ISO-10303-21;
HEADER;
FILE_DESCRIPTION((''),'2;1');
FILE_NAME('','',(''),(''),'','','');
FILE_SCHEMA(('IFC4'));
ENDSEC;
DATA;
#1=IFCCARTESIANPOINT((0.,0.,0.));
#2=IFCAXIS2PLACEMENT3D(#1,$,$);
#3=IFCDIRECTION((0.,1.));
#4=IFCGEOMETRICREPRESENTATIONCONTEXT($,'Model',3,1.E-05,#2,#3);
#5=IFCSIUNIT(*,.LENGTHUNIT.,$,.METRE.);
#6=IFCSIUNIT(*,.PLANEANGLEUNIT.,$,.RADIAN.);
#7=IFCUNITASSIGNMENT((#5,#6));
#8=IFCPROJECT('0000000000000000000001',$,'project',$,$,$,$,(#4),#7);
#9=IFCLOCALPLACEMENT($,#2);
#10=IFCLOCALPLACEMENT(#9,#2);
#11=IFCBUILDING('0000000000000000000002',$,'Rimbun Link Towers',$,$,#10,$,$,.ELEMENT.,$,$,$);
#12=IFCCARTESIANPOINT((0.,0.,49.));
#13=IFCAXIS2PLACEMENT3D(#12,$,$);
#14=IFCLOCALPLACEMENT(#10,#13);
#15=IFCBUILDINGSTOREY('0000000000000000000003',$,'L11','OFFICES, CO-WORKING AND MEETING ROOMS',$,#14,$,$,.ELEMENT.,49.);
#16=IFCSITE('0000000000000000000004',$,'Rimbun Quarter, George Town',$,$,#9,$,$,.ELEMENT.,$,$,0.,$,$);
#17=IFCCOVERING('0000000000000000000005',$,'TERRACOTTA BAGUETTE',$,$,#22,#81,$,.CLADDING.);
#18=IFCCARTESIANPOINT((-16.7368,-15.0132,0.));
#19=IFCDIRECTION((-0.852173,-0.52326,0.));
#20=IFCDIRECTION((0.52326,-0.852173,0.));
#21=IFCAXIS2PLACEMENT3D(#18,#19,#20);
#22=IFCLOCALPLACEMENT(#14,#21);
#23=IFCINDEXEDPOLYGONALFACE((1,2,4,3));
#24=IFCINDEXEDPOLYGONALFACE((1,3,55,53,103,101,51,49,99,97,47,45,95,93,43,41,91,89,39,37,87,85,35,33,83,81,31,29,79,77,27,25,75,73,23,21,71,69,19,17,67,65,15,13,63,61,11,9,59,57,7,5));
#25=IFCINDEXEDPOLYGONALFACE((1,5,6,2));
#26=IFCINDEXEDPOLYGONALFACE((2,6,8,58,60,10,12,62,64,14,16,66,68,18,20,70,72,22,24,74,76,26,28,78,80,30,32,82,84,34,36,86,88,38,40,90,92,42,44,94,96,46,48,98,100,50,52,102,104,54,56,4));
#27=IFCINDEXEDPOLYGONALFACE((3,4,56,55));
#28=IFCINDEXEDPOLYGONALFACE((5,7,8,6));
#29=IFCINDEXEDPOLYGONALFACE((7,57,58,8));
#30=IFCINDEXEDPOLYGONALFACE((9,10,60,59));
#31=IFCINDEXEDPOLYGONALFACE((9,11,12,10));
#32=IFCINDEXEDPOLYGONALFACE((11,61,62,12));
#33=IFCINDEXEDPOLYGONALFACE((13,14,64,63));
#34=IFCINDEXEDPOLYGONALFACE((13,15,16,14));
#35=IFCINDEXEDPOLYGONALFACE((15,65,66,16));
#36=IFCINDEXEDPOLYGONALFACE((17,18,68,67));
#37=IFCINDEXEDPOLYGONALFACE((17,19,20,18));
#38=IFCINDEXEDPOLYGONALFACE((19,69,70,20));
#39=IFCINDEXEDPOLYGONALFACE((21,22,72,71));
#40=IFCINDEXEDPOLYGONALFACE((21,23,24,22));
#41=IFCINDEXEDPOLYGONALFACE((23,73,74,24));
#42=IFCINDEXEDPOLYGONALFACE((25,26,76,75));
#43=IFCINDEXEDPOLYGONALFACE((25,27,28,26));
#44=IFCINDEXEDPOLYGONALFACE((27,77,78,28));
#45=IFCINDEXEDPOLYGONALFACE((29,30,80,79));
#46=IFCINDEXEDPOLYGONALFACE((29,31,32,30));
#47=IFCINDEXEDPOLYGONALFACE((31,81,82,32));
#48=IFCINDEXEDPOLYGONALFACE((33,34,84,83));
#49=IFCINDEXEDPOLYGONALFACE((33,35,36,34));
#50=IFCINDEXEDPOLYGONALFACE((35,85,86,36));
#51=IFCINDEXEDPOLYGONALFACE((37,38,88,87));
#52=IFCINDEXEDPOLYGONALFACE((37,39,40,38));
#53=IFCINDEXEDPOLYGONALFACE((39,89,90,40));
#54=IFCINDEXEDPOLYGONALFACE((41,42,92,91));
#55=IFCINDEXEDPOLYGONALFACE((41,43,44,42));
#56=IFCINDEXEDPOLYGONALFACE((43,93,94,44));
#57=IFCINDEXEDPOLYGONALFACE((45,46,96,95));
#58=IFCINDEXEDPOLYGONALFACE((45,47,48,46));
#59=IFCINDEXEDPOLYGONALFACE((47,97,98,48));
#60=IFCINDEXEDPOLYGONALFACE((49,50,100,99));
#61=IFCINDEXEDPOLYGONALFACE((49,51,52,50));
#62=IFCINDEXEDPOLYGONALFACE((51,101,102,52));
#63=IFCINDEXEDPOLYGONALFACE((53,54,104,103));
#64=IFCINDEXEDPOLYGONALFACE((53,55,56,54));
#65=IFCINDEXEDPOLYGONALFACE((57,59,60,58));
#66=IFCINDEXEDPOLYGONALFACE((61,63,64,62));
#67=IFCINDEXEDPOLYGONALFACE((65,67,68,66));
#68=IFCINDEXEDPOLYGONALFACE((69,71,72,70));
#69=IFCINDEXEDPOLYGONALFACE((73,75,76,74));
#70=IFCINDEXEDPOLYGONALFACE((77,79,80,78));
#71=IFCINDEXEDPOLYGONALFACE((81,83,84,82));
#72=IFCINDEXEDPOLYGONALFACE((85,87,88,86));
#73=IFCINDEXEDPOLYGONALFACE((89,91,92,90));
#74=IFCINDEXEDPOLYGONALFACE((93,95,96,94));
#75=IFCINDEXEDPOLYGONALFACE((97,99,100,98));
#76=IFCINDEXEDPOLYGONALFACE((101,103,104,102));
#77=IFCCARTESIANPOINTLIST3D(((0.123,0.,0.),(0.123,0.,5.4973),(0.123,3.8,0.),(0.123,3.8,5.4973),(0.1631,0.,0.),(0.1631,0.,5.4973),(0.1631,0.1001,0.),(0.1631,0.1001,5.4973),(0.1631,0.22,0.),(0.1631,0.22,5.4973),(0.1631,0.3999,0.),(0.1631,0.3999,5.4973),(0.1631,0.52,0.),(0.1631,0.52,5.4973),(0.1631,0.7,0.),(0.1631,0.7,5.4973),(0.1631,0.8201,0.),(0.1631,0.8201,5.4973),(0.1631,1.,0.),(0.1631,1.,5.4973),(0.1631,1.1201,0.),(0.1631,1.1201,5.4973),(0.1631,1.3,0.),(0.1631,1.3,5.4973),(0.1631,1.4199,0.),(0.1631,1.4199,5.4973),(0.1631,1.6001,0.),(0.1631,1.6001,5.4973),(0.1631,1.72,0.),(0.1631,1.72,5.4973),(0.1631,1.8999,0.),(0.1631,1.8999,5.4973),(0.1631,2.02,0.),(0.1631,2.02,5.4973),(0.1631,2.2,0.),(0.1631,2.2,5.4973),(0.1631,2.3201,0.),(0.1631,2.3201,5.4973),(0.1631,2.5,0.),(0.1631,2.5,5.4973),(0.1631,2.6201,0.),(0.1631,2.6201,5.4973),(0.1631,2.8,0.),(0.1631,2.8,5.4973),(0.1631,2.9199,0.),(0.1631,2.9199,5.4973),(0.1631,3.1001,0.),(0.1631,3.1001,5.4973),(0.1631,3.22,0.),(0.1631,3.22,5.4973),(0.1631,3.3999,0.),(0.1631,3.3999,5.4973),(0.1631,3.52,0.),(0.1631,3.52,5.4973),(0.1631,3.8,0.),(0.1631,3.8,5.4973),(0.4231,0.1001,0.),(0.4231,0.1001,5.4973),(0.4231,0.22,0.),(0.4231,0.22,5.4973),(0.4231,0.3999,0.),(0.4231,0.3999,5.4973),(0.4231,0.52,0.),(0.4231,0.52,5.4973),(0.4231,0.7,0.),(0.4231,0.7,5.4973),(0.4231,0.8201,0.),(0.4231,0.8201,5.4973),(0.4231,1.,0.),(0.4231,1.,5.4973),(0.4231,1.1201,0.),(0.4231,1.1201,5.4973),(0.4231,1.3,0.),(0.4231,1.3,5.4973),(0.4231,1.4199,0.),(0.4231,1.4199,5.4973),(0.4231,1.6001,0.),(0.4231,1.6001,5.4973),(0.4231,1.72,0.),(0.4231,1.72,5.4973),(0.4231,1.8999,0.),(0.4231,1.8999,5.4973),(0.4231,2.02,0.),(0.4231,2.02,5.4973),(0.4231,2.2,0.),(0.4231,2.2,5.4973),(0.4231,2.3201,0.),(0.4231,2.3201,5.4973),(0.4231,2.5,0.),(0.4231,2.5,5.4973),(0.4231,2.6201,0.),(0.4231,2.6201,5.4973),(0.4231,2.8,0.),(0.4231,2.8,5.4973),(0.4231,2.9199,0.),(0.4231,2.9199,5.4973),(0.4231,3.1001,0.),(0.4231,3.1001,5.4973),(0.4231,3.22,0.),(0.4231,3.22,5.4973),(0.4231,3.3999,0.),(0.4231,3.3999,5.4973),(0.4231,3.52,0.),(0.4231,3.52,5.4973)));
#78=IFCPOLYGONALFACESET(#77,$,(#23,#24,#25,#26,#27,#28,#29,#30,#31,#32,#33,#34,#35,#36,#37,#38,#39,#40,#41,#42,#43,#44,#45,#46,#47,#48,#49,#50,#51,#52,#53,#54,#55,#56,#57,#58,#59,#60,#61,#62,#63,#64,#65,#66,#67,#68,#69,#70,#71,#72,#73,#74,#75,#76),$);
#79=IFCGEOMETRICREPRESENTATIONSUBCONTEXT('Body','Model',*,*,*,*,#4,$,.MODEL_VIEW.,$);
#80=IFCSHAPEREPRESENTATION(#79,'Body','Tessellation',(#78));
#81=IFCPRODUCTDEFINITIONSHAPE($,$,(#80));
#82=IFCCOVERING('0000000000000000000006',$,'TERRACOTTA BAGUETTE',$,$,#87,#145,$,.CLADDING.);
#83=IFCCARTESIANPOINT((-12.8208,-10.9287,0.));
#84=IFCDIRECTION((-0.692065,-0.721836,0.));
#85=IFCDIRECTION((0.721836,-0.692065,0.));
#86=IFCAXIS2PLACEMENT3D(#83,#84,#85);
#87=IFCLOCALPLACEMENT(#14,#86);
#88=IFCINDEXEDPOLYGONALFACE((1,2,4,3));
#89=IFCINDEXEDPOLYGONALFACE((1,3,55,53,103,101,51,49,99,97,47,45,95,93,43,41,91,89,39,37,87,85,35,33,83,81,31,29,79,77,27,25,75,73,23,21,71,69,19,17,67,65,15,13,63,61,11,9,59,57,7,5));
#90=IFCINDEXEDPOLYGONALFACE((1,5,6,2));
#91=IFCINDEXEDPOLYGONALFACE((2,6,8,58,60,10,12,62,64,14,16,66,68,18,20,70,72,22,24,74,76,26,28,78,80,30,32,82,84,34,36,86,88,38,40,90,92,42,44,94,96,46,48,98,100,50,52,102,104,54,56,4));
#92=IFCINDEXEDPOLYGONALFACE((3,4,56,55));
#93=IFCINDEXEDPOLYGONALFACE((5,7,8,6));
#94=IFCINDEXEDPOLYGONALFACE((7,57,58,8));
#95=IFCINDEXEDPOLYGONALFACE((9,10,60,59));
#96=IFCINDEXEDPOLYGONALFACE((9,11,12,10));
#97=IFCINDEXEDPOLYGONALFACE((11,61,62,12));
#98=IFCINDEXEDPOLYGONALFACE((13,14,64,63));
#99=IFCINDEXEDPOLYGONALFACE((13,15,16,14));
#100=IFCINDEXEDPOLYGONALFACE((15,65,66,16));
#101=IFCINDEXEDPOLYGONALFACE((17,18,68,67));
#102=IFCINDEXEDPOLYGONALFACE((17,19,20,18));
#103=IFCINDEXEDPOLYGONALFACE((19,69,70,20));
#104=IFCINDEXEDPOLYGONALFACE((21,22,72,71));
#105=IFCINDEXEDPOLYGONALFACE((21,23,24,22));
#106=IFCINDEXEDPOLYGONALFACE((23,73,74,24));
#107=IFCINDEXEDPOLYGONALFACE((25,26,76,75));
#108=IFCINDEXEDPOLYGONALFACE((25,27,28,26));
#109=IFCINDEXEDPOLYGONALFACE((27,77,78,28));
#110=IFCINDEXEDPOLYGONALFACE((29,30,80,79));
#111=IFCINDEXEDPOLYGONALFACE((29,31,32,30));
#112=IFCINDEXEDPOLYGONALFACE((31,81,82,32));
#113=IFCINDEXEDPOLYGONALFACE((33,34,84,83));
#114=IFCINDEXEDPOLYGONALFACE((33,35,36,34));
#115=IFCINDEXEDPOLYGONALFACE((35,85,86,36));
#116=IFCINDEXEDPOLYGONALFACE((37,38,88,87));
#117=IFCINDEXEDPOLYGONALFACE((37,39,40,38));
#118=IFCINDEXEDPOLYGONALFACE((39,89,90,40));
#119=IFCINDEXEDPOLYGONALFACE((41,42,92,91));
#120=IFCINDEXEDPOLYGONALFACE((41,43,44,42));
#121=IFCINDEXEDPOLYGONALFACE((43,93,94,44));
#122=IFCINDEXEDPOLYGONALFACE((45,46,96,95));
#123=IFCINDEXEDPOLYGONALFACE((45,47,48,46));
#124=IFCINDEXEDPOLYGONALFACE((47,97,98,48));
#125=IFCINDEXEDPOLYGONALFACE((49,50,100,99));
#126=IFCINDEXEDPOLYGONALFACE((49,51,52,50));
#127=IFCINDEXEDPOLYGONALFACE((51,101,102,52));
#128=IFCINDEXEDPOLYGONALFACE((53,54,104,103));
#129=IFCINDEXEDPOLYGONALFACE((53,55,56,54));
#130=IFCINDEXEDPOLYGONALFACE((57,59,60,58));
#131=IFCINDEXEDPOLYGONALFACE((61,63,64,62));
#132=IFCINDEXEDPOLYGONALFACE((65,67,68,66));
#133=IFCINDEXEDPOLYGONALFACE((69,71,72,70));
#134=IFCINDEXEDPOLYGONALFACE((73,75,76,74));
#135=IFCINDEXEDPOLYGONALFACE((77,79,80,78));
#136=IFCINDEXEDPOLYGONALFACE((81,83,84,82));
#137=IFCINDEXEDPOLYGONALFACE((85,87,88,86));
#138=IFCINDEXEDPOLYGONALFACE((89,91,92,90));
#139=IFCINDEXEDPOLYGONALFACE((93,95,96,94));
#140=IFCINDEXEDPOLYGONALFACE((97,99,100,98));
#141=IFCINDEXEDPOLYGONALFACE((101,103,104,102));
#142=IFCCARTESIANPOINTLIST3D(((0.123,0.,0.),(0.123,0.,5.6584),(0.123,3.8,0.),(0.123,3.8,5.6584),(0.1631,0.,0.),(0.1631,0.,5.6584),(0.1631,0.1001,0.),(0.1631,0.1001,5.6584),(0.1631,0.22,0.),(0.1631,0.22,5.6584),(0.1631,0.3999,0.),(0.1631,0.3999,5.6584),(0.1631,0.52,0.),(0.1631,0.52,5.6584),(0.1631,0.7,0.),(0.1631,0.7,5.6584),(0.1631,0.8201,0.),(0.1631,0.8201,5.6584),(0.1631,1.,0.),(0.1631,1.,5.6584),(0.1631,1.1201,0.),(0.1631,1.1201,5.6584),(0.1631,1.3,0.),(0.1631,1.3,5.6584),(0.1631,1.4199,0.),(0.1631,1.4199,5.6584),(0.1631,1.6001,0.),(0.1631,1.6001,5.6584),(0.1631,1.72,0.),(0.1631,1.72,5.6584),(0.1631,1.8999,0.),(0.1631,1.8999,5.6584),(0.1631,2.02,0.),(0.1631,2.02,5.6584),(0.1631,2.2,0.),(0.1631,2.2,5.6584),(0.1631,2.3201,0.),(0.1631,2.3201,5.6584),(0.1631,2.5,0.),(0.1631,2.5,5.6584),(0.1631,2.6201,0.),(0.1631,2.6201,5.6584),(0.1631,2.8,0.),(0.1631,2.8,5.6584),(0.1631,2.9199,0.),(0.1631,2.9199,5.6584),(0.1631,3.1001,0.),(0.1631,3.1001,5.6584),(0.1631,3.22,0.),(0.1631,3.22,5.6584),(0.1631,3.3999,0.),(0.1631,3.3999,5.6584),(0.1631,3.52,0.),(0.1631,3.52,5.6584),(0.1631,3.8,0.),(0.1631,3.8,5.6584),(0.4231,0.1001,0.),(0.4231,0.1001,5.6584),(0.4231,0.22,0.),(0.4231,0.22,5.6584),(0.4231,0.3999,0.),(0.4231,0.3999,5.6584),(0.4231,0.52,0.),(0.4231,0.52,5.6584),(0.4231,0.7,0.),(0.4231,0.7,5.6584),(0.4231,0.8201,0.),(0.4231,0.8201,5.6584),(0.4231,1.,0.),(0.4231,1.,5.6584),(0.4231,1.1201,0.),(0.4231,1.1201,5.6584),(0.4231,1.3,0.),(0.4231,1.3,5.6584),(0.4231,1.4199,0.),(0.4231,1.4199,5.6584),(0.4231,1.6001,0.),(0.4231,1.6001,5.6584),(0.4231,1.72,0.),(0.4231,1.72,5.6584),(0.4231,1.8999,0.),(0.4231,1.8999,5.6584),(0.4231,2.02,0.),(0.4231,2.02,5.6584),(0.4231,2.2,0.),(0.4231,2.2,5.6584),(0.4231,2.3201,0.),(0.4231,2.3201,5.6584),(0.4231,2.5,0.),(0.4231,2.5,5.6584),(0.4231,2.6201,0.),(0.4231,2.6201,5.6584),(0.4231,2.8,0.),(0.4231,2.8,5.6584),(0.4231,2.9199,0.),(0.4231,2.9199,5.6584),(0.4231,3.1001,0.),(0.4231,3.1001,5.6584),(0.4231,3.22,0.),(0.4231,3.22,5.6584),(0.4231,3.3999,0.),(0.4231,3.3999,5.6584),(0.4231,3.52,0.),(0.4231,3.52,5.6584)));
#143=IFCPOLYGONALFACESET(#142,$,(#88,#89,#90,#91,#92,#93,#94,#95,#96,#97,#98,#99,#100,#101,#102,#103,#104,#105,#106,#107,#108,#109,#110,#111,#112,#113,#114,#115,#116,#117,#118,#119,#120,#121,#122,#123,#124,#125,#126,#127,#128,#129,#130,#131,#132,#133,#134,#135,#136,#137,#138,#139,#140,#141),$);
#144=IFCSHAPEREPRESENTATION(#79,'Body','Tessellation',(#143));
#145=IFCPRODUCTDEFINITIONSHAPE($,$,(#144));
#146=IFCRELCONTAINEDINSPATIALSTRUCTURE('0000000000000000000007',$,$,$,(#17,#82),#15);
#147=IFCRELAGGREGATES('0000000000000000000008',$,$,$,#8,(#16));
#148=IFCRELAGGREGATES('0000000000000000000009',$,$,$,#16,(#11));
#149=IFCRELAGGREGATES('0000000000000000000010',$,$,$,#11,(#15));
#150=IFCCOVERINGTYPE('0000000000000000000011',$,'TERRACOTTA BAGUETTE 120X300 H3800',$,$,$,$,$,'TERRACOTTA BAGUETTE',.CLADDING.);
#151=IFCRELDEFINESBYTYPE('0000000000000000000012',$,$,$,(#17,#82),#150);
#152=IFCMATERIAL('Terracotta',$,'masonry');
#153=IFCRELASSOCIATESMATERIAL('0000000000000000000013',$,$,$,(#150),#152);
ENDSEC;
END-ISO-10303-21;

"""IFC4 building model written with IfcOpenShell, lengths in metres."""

from ifc_helpers import new_model, si_unit, direction, frame, origin, place, context, subcontext, project, spatial, polyline, outline, extrude, material, material_profile, profile_set, type_object, element, save


model = new_model("IFC4")

# Units and contexts
model_context = context("Model", 3, precision=1e-05, world=origin(), true_north=direction((0.0, 1.0)))
body_context = subcontext(model_context, "Body", "Model", "MODEL_VIEW")
ifc_project = project(units=[si_unit("LENGTHUNIT", "METRE"), si_unit("PLANEANGLEUNIT", "RADIAN")], contexts=[model_context])

# Site, building, storey
site_placement = place(None, origin())
site = spatial("IfcSite", under=ifc_project, at=site_placement, Name="Rimbun Quarter, George Town", CompositionType="ELEMENT", RefElevation=0.0)
building_placement = place(site_placement, origin())
building = spatial("IfcBuilding", under=site, at=building_placement, Name="Rimbun Link Towers", CompositionType="ELEMENT")
storey_placement = place(building_placement, frame((0.0, 0.0, 49.0)))
storey = spatial("IfcBuildingStorey", under=building, at=storey_placement, Name="L11", Description="OFFICES, CO-WORKING AND MEETING ROOMS", CompositionType="ELEMENT", Elevation=49.0)

# Coverings
ifc_material_1 = material(Name="Terracotta", Category="masonry")
ifc_material_profile_1 = material_profile(ifc_material_1, outline(polyline([(0.123, 0.0), (0.1631, 0.0), (0.1631, 0.1001), (0.4231, 0.1001), (0.4231, 0.22), (0.1631, 0.22), (0.1631, 0.3999), (0.4231, 0.3999), (0.4231, 0.52), (0.1631, 0.52), (0.1631, 0.7), (0.4231, 0.7), (0.4231, 0.8201), (0.1631, 0.8201), (0.1631, 1.0), (0.4231, 1.0), (0.4231, 1.1201), (0.1631, 1.1201), (0.1631, 1.3), (0.4231, 1.3), (0.4231, 1.4199), (0.1631, 1.4199), (0.1631, 1.6001), (0.4231, 1.6001), (0.4231, 1.72), (0.1631, 1.72), (0.1631, 1.8999), (0.4231, 1.8999), (0.4231, 2.02), (0.1631, 2.02), (0.1631, 2.2), (0.4231, 2.2), (0.4231, 2.3201), (0.1631, 2.3201), (0.1631, 2.5), (0.4231, 2.5), (0.4231, 2.6201), (0.1631, 2.6201), (0.1631, 2.8), (0.4231, 2.8), (0.4231, 2.9199), (0.1631, 2.9199), (0.1631, 3.1001), (0.4231, 3.1001), (0.4231, 3.22), (0.1631, 3.22), (0.1631, 3.3999), (0.4231, 3.3999), (0.4231, 3.52), (0.1631, 3.52), (0.1631, 3.8), (0.123, 3.8), (0.123, 0.0)])), Name="BAGUETTE 120X300")
ifc_profile_set_1 = profile_set([ifc_material_profile_1], Name="Terracotta")
covering_type = type_object("IfcCoveringType", Name="TERRACOTTA BAGUETTE 120X300 H3800", ElementType="TERRACOTTA BAGUETTE", PredefinedType="CLADDING", material=ifc_profile_set_1)
covering_1_placement = place(storey_placement, frame((-16.7368, -15.0132, 0.0), z_axis=(-0.852173, -0.52326, 0.0), x_axis=(0.52326, -0.852173, 0.0)))
element("IfcCovering", 1, at=covering_1_placement, inside=storey, type_object=covering_type, Name="TERRACOTTA BAGUETTE", PredefinedType="CLADDING", context=body_context, shape_type="SweptSolid", body=[
    extrude(outline(polyline([(0.123, 0.0), (0.1631, 0.0), (0.1631, 0.1001), (0.4231, 0.1001), (0.4231, 0.22), (0.1631, 0.22), (0.1631, 0.3999), (0.4231, 0.3999), (0.4231, 0.52), (0.1631, 0.52), (0.1631, 0.7), (0.4231, 0.7), (0.4231, 0.8201), (0.1631, 0.8201), (0.1631, 1.0), (0.4231, 1.0), (0.4231, 1.1201), (0.1631, 1.1201), (0.1631, 1.3), (0.4231, 1.3), (0.4231, 1.4199), (0.1631, 1.4199), (0.1631, 1.6001), (0.4231, 1.6001), (0.4231, 1.72), (0.1631, 1.72), (0.1631, 1.8999), (0.4231, 1.8999), (0.4231, 2.02), (0.1631, 2.02), (0.1631, 2.2), (0.4231, 2.2), (0.4231, 2.3201), (0.1631, 2.3201), (0.1631, 2.5), (0.4231, 2.5), (0.4231, 2.6201), (0.1631, 2.6201), (0.1631, 2.8), (0.4231, 2.8), (0.4231, 2.9199), (0.1631, 2.9199), (0.1631, 3.1001), (0.4231, 3.1001), (0.4231, 3.22), (0.1631, 3.22), (0.1631, 3.3999), (0.4231, 3.3999), (0.4231, 3.52), (0.1631, 3.52), (0.1631, 3.8), (0.123, 3.8), (0.123, 0.0)])), origin(), (0.0, 0.0, 1.0), 5.4973),
])
covering_2_placement = place(storey_placement, frame((-12.8208, -10.9287, 0.0), z_axis=(-0.692065, -0.721836, 0.0), x_axis=(0.721836, -0.692065, 0.0)))
element("IfcCovering", 2, at=covering_2_placement, inside=storey, type_object=covering_type, Name="TERRACOTTA BAGUETTE", PredefinedType="CLADDING", context=body_context, shape_type="SweptSolid", body=[
    extrude(outline(polyline([(0.123, 0.0), (0.1631, 0.0), (0.1631, 0.1001), (0.4231, 0.1001), (0.4231, 0.22), (0.1631, 0.22), (0.1631, 0.3999), (0.4231, 0.3999), (0.4231, 0.52), (0.1631, 0.52), (0.1631, 0.7), (0.4231, 0.7), (0.4231, 0.8201), (0.1631, 0.8201), (0.1631, 1.0), (0.4231, 1.0), (0.4231, 1.1201), (0.1631, 1.1201), (0.1631, 1.3), (0.4231, 1.3), (0.4231, 1.4199), (0.1631, 1.4199), (0.1631, 1.6001), (0.4231, 1.6001), (0.4231, 1.72), (0.1631, 1.72), (0.1631, 1.8999), (0.4231, 1.8999), (0.4231, 2.02), (0.1631, 2.02), (0.1631, 2.2), (0.4231, 2.2), (0.4231, 2.3201), (0.1631, 2.3201), (0.1631, 2.5), (0.4231, 2.5), (0.4231, 2.6201), (0.1631, 2.6201), (0.1631, 2.8), (0.4231, 2.8), (0.4231, 2.9199), (0.1631, 2.9199), (0.1631, 3.1001), (0.4231, 3.1001), (0.4231, 3.22), (0.1631, 3.22), (0.1631, 3.3999), (0.4231, 3.3999), (0.4231, 3.52), (0.1631, 3.52), (0.1631, 3.8), (0.123, 3.8), (0.123, 0.0)])), origin(), (0.0, 0.0, 1.0), 5.6584),
])

save(model, "model.ifc")
